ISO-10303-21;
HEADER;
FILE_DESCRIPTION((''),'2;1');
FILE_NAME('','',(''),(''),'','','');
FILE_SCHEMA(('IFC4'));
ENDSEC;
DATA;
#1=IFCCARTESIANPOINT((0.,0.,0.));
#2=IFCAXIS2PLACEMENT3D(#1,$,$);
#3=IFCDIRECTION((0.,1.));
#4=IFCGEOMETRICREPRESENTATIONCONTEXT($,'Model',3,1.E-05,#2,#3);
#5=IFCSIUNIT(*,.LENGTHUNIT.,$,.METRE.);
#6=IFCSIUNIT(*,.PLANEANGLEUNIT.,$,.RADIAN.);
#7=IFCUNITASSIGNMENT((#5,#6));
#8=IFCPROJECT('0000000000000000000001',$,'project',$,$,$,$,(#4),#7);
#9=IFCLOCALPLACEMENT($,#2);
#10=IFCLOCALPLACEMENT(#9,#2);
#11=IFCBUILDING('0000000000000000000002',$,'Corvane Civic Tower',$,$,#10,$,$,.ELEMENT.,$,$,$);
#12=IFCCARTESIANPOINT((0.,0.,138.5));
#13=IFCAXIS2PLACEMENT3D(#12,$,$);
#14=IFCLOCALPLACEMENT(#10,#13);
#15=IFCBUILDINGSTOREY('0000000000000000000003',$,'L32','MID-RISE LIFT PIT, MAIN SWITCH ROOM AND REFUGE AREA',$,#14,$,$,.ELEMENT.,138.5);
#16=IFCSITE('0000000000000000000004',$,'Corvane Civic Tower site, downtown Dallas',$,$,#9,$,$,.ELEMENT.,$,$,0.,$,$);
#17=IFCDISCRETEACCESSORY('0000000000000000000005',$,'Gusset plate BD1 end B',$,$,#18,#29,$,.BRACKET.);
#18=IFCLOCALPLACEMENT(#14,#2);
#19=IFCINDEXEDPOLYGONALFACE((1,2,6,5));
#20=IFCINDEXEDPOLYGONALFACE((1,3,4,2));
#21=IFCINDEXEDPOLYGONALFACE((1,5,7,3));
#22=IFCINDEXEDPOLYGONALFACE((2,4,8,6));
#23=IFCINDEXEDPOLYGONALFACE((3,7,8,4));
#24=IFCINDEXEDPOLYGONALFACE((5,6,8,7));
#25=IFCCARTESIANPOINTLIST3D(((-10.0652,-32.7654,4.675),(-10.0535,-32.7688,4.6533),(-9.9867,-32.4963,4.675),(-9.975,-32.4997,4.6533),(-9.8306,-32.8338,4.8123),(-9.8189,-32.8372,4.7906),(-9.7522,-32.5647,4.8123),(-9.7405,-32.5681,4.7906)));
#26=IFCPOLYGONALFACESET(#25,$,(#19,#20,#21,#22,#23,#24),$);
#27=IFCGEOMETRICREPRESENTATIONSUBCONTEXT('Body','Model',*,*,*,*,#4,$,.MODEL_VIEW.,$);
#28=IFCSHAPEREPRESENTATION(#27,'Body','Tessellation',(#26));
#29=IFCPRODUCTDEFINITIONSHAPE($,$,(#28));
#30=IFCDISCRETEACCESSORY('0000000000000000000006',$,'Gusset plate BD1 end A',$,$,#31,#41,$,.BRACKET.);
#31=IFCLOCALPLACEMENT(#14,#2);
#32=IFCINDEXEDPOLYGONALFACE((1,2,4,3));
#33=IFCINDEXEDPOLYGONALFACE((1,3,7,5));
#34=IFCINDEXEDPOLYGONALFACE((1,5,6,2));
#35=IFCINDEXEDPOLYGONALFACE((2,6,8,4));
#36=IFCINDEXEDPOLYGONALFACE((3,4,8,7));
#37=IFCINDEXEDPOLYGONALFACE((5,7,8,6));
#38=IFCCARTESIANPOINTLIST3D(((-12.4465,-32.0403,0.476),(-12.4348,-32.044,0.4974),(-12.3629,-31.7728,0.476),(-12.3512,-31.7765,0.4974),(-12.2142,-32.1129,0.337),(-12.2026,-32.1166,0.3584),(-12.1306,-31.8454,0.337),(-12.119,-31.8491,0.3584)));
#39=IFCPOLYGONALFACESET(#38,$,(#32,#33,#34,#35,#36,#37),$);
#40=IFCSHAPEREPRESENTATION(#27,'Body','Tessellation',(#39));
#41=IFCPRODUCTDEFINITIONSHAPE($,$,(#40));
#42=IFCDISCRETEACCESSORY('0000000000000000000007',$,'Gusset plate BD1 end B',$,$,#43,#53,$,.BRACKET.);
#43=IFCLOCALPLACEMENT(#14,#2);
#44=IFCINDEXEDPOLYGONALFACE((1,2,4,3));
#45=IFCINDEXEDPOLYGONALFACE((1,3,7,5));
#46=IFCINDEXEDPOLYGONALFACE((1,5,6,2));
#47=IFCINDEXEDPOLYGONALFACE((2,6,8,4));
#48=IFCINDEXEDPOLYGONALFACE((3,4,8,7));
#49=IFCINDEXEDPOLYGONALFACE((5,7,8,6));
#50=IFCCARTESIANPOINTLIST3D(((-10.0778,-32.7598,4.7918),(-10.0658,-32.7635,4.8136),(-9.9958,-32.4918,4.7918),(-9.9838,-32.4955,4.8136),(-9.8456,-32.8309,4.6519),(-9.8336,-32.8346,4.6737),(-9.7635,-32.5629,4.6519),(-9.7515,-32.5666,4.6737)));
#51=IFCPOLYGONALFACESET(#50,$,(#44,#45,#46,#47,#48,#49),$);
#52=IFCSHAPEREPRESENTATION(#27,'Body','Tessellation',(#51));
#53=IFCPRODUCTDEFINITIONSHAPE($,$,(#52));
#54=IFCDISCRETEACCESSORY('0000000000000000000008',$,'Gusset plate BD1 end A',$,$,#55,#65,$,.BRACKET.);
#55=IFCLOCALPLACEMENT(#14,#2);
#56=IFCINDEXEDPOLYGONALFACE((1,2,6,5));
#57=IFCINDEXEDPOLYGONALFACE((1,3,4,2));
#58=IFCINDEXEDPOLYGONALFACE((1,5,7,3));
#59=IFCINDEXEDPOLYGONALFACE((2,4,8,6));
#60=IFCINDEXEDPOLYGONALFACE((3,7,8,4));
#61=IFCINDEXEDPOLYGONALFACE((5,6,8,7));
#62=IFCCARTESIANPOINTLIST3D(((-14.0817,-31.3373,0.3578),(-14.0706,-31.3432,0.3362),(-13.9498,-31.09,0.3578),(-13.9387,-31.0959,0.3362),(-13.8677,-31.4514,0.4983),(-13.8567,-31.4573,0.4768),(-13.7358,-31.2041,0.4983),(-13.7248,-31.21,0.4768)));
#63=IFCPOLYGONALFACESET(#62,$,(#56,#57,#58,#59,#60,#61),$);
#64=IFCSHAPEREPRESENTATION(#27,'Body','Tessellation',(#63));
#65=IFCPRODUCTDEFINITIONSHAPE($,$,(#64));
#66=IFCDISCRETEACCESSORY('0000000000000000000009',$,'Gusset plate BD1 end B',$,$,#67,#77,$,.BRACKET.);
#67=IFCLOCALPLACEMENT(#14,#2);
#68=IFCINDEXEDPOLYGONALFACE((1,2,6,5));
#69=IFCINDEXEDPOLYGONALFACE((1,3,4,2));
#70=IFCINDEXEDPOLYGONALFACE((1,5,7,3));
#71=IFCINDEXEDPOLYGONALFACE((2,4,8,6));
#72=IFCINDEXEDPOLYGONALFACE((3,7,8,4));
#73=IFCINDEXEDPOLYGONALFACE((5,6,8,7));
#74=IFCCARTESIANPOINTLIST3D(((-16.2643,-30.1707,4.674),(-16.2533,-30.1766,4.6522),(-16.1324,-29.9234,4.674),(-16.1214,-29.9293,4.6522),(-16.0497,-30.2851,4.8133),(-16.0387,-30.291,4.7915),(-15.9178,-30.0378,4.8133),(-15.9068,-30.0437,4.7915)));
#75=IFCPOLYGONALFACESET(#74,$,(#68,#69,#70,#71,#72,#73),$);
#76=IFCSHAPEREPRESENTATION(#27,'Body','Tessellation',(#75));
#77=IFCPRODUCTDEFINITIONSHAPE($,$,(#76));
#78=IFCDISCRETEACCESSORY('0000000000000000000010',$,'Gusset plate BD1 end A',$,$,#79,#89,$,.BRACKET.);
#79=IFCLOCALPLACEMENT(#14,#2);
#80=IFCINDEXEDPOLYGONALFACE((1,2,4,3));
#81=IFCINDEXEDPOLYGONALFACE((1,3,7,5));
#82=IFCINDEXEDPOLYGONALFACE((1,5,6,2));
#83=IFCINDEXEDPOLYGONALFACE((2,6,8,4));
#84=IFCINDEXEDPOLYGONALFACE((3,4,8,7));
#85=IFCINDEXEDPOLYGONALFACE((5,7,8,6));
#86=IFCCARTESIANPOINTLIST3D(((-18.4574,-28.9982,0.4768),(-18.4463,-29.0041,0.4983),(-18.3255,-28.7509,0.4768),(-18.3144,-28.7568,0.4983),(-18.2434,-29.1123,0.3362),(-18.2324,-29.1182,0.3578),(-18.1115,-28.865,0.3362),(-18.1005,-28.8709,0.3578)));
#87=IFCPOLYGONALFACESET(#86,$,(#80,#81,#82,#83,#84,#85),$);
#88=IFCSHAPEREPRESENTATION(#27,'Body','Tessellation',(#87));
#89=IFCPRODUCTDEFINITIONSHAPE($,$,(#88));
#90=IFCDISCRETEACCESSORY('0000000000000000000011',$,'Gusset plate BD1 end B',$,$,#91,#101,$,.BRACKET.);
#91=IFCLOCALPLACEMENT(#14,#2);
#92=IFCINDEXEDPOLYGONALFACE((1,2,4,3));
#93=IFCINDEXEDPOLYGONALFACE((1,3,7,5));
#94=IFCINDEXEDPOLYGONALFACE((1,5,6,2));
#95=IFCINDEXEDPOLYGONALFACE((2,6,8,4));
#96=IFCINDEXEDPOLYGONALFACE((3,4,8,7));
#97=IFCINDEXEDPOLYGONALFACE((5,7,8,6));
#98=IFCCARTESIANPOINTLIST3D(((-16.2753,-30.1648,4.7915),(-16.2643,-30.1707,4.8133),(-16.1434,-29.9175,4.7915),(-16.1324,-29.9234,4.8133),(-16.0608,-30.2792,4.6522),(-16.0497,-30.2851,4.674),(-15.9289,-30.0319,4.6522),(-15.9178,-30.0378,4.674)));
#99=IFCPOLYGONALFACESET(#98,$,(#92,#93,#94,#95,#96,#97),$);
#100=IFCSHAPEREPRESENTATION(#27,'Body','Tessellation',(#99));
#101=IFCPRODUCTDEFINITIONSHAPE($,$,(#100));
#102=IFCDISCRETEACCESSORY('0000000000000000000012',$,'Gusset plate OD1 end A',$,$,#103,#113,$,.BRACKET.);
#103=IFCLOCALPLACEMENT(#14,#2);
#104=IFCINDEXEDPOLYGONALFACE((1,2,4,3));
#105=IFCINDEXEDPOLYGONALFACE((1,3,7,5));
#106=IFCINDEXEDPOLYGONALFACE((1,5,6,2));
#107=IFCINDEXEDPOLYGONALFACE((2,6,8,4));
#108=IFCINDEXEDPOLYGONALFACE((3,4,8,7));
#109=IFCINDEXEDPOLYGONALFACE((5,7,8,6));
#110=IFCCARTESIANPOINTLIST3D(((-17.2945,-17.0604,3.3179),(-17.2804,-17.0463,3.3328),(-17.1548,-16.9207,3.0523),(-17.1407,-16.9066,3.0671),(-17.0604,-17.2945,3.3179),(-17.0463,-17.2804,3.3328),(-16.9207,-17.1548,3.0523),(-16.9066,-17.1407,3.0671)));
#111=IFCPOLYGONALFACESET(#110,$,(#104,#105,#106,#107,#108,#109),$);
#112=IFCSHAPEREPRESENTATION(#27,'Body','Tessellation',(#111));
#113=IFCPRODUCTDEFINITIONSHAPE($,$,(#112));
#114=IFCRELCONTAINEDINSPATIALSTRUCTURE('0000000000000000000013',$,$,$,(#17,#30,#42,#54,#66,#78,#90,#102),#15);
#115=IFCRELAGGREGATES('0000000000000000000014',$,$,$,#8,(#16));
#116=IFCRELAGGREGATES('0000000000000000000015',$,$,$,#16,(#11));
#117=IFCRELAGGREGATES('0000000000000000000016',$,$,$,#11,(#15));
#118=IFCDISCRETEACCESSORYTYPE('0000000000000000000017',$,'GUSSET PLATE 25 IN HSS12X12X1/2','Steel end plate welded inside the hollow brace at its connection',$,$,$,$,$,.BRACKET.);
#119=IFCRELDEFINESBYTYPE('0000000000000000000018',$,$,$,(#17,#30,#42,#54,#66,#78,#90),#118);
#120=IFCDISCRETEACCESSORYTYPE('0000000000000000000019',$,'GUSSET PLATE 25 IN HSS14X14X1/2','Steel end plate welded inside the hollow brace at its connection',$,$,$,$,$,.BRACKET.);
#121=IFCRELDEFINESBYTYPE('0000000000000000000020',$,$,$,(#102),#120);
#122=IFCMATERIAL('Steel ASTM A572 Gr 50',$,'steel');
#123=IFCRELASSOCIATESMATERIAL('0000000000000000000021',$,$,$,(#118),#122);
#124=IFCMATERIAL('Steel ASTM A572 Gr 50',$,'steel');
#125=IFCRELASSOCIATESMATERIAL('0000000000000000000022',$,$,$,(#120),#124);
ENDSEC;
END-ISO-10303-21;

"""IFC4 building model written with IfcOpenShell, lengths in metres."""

from ifc_helpers import new_model, si_unit, direction, frame, origin, origin_2d, place, context, subcontext, project, spatial, rectangle, extrude, material, material_profile, profile_set, type_object, element, save


model = new_model("IFC4")

# Units and contexts
model_context = context("Model", 3, precision=1e-05, world=origin(), true_north=direction((0.0, 1.0)))
body_context = subcontext(model_context, "Body", "Model", "MODEL_VIEW")
ifc_project = project(units=[si_unit("LENGTHUNIT", "METRE"), si_unit("PLANEANGLEUNIT", "RADIAN")], contexts=[model_context])

# Site, building, storey
site_placement = place(None, origin())
site = spatial("IfcSite", under=ifc_project, at=site_placement, Name="Corvane Civic Tower site, downtown Dallas", CompositionType="ELEMENT", RefElevation=0.0)
building_placement = place(site_placement, origin())
building = spatial("IfcBuilding", under=site, at=building_placement, Name="Corvane Civic Tower", CompositionType="ELEMENT")
storey_placement = place(building_placement, frame((0.0, 0.0, 138.5)))
storey = spatial("IfcBuildingStorey", under=building, at=storey_placement, Name="L32", Description="MID-RISE LIFT PIT, MAIN SWITCH ROOM AND REFUGE AREA", CompositionType="ELEMENT", Elevation=138.5)

# Discrete accessories
ifc_material_1 = material(Name="Steel ASTM A572 Gr 50", Category="steel")
ifc_material_profile_1 = material_profile(ifc_material_1, rectangle(XDim=0.2803, YDim=0.2803, at=origin_2d()), Name="GUSSET PLATE 25 IN HSS12X12X1/2")
ifc_profile_set_1 = profile_set([ifc_material_profile_1], Name="Steel ASTM A572 Gr 50")
discrete_accessory_type_1 = type_object("IfcDiscreteAccessoryType", Name="GUSSET PLATE 25 IN HSS12X12X1/2", Description="Steel end plate welded inside the hollow brace at its connection", PredefinedType="BRACKET", material=ifc_profile_set_1)
discrete_accessory_1_placement = place(storey_placement, frame((-9.9087, -32.665, 4.7437), z_axis=(0.470204, -0.137143, -0.871837), x_axis=(0.28, 0.96, 0.0)))
element("IfcDiscreteAccessory", 1, at=discrete_accessory_1_placement, inside=storey, type_object=discrete_accessory_type_1, Name="Gusset plate BD1 end B", PredefinedType="BRACKET", context=body_context, shape_type="SweptSolid", body=[
    extrude(rectangle(XDim=0.2803, YDim=0.2803, at=origin_2d()), origin(), (0.0, 0.0, 1.0), 0.0249),
])
discrete_accessory_2_placement = place(storey_placement, frame((-12.2886, -31.9429, 0.4065), z_axis=(0.473579, -0.147993, 0.868228), x_axis=(0.298275, 0.95448, 0.0)))
element("IfcDiscreteAccessory", 2, at=discrete_accessory_2_placement, inside=storey, type_object=discrete_accessory_type_1, Name="Gusset plate BD1 end A", PredefinedType="BRACKET", context=body_context, shape_type="SweptSolid", body=[
    extrude(rectangle(XDim=0.2803, YDim=0.2803, at=origin_2d()), origin(), (0.0, 0.0, 1.0), 0.0247),
])
discrete_accessory_3_placement = place(storey_placement, frame((-9.9087, -32.665, 4.7437), z_axis=(-0.477124, 0.146058, -0.866614), x_axis=(-0.292714, -0.9562, 0.0)))
element("IfcDiscreteAccessory", 3, at=discrete_accessory_3_placement, inside=storey, type_object=discrete_accessory_type_1, Name="Gusset plate BD1 end B", PredefinedType="BRACKET", context=body_context, shape_type="SweptSolid", body=[
    extrude(rectangle(XDim=0.2803, YDim=0.2803, at=origin_2d()), origin(), (0.0, 0.0, 1.0), 0.0251),
])
discrete_accessory_4_placement = place(storey_placement, frame((-13.8977, -31.2766, 0.4065), z_axis=(-0.442433, 0.235964, 0.865202), x_axis=(-0.470588, -0.882353, 0.0)))
element("IfcDiscreteAccessory", 4, at=discrete_accessory_4_placement, inside=storey, type_object=discrete_accessory_type_1, Name="Gusset plate BD1 end A", PredefinedType="BRACKET", context=body_context, shape_type="SweptSolid", body=[
    extrude(rectangle(XDim=0.2803, YDim=0.2803, at=origin_2d()), origin(), (0.0, 0.0, 1.0), 0.0249),
])
discrete_accessory_5_placement = place(storey_placement, frame((-16.0911, -30.1042, 4.7437), z_axis=(0.438696, -0.233971, -0.867643), x_axis=(0.470588, 0.882353, 0.0)))
element("IfcDiscreteAccessory", 5, at=discrete_accessory_5_placement, inside=storey, type_object=discrete_accessory_type_1, Name="Gusset plate BD1 end B", PredefinedType="BRACKET", context=body_context, shape_type="SweptSolid", body=[
    extrude(rectangle(XDim=0.2803, YDim=0.2803, at=origin_2d()), origin(), (0.0, 0.0, 1.0), 0.0251),
])
discrete_accessory_6_placement = place(storey_placement, frame((-18.2844, -28.9316, 0.4065), z_axis=(0.442433, -0.235964, 0.865202), x_axis=(0.470588, 0.882353, 0.0)))
element("IfcDiscreteAccessory", 6, at=discrete_accessory_6_placement, inside=storey, type_object=discrete_accessory_type_1, Name="Gusset plate BD1 end A", PredefinedType="BRACKET", context=body_context, shape_type="SweptSolid", body=[
    extrude(rectangle(XDim=0.2803, YDim=0.2803, at=origin_2d()), origin(), (0.0, 0.0, 1.0), 0.0249),
])
discrete_accessory_7_placement = place(storey_placement, frame((-16.0911, -30.1042, 4.7437), z_axis=(-0.438696, 0.233971, -0.867643), x_axis=(-0.470588, -0.882353, 0.0)))
element("IfcDiscreteAccessory", 7, at=discrete_accessory_7_placement, inside=storey, type_object=discrete_accessory_type_1, Name="Gusset plate BD1 end B", PredefinedType="BRACKET", context=body_context, shape_type="SweptSolid", body=[
    extrude(rectangle(XDim=0.2803, YDim=0.2803, at=origin_2d()), origin(), (0.0, 0.0, 1.0), 0.0251),
])
ifc_material_2 = material(Name="Steel ASTM A572 Gr 50", Category="steel")
ifc_material_profile_2 = material_profile(ifc_material_2, rectangle(XDim=0.3311, YDim=0.3311, at=origin_2d()), Name="GUSSET PLATE 25 IN HSS14X14X1/2")
ifc_profile_set_2 = profile_set([ifc_material_profile_2], Name="Steel ASTM A572 Gr 50")
discrete_accessory_type_2 = type_object("IfcDiscreteAccessoryType", Name="GUSSET PLATE 25 IN HSS14X14X1/2", Description="Steel end plate welded inside the hollow brace at its connection", PredefinedType="BRACKET", material=ifc_profile_set_2)
discrete_accessory_8_placement = place(storey_placement, frame((-17.0935, -17.0935, 3.2), z_axis=(-0.567402, -0.567402, -0.59675), x_axis=(0.707107, -0.707107, 0.0)))
element("IfcDiscreteAccessory", 8, at=discrete_accessory_8_placement, inside=storey, type_object=discrete_accessory_type_2, Name="Gusset plate OD1 end A", PredefinedType="BRACKET", context=body_context, shape_type="SweptSolid", body=[
    extrude(rectangle(XDim=0.3311, YDim=0.3311, at=origin_2d()), origin(), (0.0, 0.0, 1.0), 0.0249),
])

save(model, "model.ifc")
